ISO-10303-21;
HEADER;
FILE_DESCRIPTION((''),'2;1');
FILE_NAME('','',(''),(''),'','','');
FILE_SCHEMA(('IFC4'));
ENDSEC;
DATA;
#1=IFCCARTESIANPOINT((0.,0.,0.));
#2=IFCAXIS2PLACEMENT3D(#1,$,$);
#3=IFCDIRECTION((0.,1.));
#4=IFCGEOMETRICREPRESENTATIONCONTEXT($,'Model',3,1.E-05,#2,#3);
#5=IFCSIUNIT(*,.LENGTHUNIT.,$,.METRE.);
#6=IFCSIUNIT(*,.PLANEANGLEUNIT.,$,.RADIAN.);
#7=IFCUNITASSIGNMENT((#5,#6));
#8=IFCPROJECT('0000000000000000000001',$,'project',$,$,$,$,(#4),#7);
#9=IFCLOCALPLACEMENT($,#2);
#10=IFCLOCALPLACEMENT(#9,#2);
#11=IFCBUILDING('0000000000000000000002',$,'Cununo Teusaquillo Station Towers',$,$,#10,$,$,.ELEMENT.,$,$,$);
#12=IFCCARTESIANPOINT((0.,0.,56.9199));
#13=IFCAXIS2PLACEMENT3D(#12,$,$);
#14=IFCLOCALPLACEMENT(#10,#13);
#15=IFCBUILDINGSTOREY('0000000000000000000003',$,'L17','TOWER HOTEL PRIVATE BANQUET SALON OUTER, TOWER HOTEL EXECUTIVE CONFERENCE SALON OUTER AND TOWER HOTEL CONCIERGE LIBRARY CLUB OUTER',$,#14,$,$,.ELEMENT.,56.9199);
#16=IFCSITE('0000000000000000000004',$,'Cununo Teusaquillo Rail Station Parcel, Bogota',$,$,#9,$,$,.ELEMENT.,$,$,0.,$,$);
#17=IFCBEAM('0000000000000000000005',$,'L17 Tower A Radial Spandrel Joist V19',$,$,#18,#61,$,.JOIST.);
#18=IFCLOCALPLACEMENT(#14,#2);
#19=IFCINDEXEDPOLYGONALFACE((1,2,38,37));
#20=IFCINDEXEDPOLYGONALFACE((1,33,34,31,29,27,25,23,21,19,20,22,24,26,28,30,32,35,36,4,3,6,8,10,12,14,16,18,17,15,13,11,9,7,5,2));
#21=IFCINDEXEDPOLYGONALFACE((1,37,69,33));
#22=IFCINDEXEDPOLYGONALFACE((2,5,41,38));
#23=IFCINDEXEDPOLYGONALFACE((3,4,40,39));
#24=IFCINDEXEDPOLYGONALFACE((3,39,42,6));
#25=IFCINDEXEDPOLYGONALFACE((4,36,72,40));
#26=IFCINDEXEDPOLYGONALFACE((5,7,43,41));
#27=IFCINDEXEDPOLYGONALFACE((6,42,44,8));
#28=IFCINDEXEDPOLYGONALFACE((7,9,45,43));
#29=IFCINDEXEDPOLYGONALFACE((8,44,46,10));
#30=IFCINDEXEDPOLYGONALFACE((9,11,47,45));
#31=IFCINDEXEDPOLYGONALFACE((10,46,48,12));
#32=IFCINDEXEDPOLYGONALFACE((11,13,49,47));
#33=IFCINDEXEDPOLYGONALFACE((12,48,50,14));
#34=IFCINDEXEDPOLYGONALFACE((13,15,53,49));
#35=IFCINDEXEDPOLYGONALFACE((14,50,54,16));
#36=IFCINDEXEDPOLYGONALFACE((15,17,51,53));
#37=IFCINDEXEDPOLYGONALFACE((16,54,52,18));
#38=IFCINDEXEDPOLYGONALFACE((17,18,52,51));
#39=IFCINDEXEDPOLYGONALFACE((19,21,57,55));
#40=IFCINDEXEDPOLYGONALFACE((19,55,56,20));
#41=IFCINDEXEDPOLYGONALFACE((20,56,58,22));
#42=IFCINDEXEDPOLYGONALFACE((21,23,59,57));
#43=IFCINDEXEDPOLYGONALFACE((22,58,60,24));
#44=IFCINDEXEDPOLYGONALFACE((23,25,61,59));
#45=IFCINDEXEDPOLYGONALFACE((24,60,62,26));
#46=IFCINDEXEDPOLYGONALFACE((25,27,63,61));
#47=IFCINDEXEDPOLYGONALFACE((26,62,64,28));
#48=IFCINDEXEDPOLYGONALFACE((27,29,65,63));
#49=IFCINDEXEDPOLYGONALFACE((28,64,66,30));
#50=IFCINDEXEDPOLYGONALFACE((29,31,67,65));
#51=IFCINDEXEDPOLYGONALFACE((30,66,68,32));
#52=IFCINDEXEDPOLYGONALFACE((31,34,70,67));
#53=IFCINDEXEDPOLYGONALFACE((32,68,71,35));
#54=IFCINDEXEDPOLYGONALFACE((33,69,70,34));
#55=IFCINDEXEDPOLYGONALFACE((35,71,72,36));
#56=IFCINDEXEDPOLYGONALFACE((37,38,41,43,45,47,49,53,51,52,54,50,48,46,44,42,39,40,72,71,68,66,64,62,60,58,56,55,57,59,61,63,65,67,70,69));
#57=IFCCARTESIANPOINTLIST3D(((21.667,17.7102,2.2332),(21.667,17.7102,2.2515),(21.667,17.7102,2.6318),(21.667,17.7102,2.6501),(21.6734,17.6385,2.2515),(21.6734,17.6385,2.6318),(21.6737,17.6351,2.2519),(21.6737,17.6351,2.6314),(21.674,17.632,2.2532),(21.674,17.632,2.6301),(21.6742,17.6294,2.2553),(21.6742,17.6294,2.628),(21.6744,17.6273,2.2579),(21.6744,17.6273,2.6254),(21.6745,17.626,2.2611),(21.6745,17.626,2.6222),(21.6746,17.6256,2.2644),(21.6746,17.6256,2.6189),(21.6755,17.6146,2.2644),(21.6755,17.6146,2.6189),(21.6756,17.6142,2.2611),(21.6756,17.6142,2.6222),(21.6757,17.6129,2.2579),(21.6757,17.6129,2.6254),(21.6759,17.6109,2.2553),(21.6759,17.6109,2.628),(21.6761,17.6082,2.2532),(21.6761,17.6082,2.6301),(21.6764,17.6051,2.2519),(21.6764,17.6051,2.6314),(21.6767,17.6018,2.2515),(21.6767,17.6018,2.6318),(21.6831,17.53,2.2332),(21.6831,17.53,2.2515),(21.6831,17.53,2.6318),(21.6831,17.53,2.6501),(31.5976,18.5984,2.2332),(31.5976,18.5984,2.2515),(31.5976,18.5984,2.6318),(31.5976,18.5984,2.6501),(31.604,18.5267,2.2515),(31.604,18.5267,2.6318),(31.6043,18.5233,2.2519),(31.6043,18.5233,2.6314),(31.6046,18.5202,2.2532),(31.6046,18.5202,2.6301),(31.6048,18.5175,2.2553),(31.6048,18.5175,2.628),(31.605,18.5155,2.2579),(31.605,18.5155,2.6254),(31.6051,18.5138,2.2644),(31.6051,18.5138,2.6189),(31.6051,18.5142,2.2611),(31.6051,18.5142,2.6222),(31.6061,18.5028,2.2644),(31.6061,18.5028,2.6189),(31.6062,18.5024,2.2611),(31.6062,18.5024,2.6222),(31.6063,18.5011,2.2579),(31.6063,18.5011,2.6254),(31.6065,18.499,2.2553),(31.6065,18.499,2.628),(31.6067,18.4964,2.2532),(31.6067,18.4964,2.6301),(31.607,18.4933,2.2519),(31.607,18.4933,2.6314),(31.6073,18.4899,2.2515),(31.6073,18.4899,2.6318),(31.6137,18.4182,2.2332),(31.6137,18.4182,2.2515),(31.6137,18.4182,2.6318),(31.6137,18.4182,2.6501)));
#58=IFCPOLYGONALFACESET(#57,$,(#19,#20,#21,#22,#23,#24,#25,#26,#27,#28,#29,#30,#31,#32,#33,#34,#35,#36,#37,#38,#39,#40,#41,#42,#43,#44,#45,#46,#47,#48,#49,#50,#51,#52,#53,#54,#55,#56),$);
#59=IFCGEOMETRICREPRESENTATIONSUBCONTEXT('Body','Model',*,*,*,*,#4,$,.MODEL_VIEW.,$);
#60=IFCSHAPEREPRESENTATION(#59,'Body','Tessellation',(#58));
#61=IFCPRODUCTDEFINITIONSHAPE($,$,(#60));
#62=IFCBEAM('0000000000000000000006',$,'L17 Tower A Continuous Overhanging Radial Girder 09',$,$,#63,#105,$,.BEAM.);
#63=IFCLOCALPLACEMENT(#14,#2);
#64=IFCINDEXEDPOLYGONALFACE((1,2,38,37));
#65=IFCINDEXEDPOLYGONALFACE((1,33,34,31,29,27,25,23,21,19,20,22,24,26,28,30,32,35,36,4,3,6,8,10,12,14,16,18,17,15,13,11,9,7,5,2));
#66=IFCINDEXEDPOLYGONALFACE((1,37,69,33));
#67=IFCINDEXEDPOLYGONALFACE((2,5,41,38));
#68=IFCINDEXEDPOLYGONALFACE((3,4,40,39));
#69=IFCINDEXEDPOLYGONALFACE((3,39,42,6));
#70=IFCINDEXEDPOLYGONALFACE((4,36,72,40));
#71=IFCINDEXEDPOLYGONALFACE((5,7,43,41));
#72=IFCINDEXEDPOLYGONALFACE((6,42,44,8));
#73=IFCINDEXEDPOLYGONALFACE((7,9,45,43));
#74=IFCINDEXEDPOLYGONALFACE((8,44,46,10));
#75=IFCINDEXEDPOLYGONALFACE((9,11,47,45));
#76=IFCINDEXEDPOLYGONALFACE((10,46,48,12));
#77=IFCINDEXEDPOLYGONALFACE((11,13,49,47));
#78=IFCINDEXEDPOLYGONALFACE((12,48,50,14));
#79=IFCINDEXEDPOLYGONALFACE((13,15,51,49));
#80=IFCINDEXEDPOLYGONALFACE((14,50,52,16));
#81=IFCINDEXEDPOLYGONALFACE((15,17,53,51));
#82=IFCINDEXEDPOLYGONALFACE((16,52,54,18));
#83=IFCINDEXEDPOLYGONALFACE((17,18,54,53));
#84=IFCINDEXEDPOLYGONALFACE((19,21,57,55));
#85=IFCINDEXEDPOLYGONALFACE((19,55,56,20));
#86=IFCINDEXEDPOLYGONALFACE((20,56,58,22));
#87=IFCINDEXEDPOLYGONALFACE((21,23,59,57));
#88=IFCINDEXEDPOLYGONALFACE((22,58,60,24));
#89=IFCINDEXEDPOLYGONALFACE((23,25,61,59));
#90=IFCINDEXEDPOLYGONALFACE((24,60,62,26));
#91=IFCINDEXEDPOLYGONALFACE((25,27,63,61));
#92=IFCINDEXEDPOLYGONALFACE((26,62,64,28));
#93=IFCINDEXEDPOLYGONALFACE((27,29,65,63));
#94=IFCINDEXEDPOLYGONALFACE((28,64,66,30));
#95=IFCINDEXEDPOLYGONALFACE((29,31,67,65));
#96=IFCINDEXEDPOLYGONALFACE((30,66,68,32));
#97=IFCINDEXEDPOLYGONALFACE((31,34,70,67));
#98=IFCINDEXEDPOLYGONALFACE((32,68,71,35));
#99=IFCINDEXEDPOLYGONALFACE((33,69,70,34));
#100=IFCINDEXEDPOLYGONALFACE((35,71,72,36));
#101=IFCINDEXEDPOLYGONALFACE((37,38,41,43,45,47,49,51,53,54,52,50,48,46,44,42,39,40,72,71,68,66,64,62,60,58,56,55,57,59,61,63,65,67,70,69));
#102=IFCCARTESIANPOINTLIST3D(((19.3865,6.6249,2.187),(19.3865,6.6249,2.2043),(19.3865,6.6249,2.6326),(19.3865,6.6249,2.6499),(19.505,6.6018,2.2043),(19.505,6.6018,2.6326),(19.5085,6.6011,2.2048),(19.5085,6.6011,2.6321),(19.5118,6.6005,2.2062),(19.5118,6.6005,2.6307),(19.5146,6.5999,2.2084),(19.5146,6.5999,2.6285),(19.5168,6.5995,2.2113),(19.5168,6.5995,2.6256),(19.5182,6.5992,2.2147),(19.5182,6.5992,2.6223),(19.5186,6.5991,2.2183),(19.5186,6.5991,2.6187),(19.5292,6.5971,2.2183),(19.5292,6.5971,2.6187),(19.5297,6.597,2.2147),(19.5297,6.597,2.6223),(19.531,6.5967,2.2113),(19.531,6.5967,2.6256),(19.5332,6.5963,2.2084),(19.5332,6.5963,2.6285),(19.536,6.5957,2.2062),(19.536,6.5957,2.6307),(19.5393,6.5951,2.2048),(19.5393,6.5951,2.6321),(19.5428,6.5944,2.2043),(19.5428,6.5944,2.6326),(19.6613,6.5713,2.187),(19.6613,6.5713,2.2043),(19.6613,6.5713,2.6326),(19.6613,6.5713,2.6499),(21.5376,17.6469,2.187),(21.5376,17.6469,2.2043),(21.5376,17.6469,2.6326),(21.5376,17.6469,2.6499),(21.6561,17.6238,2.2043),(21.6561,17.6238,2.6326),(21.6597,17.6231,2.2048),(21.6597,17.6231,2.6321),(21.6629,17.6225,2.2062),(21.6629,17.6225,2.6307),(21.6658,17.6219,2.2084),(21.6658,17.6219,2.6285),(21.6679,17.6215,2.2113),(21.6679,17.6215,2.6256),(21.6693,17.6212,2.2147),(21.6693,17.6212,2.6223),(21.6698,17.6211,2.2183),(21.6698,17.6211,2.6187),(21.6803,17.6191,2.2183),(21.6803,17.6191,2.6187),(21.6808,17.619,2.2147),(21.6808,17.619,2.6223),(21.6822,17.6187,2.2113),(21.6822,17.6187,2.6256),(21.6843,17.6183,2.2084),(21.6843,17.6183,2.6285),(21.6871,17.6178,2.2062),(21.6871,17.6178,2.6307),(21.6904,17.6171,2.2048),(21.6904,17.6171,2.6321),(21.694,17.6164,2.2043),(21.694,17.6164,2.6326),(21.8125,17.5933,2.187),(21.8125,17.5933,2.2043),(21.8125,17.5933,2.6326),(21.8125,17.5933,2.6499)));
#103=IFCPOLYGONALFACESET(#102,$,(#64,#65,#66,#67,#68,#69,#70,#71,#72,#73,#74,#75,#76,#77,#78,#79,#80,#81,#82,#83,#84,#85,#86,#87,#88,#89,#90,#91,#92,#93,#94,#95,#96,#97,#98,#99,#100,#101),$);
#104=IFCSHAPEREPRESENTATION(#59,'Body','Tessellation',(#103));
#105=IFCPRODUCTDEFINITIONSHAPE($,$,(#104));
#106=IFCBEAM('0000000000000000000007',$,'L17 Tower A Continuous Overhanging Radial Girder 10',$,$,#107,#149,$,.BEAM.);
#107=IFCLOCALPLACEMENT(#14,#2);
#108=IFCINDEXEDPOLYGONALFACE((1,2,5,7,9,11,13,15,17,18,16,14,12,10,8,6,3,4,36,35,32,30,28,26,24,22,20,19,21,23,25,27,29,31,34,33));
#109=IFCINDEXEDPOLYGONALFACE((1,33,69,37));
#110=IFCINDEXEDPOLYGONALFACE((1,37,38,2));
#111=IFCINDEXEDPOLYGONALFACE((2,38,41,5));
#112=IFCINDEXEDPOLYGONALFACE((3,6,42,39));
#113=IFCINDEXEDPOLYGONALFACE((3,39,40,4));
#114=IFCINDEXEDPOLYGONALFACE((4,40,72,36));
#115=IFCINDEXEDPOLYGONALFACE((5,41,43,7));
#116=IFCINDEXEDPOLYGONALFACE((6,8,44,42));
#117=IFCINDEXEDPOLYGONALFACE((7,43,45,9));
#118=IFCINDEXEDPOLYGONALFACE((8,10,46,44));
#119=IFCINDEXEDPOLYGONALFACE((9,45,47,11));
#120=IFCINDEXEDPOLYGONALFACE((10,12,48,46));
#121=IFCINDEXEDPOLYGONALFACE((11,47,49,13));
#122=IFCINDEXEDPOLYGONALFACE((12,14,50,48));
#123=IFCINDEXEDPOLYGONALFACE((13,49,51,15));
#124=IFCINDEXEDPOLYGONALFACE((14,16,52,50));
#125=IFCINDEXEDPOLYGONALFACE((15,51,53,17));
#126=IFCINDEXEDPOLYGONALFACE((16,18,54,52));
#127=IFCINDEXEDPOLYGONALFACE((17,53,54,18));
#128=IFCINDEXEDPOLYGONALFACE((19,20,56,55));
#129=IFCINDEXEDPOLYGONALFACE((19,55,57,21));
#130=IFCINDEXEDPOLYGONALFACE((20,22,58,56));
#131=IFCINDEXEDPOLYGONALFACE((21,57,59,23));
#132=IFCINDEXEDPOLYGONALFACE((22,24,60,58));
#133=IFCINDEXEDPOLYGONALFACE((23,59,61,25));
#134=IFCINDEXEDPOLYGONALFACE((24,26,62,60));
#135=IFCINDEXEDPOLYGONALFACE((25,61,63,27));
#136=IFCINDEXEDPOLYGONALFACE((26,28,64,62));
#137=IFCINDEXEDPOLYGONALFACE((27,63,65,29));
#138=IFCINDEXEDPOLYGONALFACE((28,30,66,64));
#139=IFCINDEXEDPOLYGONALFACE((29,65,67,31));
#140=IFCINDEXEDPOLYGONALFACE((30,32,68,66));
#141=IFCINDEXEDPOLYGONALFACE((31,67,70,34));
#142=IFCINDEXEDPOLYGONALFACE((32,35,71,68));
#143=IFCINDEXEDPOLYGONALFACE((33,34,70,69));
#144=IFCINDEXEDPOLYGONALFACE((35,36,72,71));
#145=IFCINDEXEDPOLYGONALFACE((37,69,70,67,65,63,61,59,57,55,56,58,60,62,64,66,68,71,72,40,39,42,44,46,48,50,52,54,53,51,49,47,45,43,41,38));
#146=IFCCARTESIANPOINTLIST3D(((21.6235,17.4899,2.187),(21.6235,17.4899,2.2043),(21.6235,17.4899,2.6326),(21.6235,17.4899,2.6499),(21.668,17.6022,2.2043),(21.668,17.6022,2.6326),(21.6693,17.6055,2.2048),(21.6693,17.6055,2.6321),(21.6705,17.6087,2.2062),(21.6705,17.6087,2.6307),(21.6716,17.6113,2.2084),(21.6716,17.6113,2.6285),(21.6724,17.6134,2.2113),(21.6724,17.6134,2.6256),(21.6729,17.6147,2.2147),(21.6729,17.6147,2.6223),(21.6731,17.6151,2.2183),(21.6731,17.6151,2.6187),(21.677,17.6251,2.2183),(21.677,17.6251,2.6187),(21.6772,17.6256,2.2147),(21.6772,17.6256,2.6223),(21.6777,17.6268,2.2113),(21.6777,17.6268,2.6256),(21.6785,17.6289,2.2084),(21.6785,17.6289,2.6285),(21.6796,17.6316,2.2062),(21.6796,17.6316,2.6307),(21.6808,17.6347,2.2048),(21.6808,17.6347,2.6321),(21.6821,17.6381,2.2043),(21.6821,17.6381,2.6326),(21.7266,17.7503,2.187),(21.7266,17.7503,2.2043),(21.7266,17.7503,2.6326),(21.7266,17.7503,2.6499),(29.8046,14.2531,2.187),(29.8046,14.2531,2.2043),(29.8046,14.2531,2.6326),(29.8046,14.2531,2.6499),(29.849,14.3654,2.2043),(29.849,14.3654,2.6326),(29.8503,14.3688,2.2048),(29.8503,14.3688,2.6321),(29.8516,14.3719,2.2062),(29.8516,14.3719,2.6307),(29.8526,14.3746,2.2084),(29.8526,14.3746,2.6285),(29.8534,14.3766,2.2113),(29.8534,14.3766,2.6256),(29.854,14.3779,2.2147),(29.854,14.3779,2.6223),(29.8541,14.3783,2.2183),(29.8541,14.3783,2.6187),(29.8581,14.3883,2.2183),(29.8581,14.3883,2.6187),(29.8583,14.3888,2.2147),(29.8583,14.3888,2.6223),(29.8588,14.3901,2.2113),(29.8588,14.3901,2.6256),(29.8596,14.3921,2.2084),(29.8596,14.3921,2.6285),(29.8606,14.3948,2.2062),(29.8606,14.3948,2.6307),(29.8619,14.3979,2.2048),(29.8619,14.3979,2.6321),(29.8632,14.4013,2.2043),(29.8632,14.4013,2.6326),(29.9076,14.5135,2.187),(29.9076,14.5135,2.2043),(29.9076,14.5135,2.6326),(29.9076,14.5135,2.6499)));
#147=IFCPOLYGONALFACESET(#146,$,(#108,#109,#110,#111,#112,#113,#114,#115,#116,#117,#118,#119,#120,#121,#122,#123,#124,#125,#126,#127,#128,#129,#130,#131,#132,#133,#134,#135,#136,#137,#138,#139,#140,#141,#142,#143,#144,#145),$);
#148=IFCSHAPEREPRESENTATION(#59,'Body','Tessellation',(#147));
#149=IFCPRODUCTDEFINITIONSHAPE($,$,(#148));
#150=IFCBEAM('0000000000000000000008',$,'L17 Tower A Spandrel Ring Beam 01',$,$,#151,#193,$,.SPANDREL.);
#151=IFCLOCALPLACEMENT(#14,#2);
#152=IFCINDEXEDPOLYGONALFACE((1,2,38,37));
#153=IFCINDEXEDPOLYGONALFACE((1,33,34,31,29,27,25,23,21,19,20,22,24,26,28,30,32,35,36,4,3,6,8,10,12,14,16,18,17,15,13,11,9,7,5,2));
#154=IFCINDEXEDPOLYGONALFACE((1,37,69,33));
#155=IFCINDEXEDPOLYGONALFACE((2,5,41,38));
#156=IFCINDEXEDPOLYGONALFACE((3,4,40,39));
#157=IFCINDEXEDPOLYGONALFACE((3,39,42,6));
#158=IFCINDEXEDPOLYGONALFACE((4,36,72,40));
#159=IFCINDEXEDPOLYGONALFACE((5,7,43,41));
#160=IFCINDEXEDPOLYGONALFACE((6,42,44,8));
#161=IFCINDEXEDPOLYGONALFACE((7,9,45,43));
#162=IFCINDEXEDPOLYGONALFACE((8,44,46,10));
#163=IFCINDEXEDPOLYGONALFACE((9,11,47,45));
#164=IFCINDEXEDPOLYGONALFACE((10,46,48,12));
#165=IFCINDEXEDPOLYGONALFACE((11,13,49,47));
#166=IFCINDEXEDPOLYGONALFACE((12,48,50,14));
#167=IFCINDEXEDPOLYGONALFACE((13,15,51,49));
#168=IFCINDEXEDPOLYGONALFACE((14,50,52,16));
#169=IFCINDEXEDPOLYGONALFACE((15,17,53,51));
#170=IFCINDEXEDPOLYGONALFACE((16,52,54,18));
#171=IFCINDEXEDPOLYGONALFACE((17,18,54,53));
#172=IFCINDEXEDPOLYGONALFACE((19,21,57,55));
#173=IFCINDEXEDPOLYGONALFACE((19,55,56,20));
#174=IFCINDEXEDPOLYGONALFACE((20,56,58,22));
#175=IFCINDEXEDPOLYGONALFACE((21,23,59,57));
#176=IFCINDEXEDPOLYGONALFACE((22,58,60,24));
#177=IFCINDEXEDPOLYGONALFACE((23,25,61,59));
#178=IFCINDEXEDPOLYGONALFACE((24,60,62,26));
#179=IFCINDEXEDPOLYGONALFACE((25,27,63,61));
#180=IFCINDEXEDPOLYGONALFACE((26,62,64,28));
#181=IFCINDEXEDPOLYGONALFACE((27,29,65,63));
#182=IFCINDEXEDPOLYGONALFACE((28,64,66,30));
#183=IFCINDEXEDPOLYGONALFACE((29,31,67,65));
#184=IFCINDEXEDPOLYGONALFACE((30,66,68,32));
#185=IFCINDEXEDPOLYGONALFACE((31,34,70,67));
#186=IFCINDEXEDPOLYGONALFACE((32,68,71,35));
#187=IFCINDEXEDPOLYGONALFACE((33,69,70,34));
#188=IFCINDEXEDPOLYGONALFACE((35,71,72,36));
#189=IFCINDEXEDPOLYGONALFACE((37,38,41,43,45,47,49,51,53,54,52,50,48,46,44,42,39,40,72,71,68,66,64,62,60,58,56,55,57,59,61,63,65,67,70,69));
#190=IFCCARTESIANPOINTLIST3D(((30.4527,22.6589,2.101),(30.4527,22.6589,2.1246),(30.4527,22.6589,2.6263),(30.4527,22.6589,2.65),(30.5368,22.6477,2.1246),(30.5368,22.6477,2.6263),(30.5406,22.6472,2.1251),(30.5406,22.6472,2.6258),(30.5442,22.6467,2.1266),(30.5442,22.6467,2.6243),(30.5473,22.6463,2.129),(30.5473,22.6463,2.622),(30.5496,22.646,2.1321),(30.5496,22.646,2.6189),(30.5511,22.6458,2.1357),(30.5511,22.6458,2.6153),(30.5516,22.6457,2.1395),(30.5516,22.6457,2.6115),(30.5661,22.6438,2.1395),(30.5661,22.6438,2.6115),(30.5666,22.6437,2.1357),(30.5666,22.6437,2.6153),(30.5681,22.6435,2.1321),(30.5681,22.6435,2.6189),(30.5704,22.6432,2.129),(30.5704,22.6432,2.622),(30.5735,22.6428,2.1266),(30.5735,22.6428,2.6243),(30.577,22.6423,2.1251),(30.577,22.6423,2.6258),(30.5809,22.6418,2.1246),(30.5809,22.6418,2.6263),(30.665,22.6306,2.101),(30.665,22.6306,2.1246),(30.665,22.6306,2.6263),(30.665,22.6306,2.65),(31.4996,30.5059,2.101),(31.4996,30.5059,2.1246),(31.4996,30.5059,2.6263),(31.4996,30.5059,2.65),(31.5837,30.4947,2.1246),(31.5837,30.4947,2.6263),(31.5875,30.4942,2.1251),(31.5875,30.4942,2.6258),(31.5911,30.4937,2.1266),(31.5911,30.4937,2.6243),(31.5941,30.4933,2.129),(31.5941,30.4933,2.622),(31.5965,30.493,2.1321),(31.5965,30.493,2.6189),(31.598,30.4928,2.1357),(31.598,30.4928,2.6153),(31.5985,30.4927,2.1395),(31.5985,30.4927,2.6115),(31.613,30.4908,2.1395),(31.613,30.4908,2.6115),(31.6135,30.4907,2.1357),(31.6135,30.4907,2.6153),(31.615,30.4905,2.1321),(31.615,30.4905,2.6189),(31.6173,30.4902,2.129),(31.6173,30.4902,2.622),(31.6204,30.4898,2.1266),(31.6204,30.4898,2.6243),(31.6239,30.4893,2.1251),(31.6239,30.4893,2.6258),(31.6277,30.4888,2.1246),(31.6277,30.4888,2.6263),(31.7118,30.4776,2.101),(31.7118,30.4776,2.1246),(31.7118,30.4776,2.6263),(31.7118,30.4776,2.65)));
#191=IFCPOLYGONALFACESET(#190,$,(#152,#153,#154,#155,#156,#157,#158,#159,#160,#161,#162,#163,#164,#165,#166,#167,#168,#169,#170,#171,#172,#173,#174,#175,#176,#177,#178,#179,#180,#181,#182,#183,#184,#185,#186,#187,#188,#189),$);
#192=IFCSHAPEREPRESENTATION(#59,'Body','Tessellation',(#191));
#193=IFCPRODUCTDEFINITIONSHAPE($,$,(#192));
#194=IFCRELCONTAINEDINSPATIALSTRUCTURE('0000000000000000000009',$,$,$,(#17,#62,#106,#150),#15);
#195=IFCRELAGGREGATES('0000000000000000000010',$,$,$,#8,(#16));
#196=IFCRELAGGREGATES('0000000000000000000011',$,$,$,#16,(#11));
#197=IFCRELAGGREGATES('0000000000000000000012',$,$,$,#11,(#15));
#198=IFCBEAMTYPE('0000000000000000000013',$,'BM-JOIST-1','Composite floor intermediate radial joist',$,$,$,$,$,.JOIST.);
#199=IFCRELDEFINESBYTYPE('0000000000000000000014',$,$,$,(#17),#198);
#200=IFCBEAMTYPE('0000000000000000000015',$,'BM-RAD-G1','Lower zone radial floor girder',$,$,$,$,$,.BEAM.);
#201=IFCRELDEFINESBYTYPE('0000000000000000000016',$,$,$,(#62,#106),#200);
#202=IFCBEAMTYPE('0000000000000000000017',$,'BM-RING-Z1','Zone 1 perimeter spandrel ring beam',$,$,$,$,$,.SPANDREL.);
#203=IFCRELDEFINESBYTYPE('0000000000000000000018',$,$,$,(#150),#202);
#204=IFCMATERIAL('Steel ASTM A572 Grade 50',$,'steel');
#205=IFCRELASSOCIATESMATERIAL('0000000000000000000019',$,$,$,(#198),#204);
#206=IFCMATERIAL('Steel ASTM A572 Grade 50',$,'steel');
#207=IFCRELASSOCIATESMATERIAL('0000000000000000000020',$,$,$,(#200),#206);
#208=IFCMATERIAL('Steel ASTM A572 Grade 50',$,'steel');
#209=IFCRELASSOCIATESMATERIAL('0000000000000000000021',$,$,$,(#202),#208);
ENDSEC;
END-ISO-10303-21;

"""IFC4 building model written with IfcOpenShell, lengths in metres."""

from ifc_helpers import new_model, si_unit, direction, frame, origin, origin_2d, place, context, subcontext, project, spatial, i_section, extrude, material, material_profile, profile_set, type_object, element, save


model = new_model("IFC4")

# Units and contexts
model_context = context("Model", 3, precision=1e-05, world=origin(), true_north=direction((0.0, 1.0)))
body_context = subcontext(model_context, "Body", "Model", "MODEL_VIEW")
ifc_project = project(units=[si_unit("LENGTHUNIT", "METRE"), si_unit("PLANEANGLEUNIT", "RADIAN")], contexts=[model_context])

# Site, building, storey
site_placement = place(None, origin())
site = spatial("IfcSite", under=ifc_project, at=site_placement, Name="Cununo Teusaquillo Rail Station Parcel, Bogota", CompositionType="ELEMENT", RefElevation=0.0)
building_placement = place(site_placement, origin())
building = spatial("IfcBuilding", under=site, at=building_placement, Name="Cununo Teusaquillo Station Towers", CompositionType="ELEMENT")
storey_placement = place(building_placement, frame((0.0, 0.0, 56.9199)))
storey = spatial("IfcBuildingStorey", under=building, at=storey_placement, Name="L17", Description="TOWER HOTEL PRIVATE BANQUET SALON OUTER, TOWER HOTEL EXECUTIVE CONFERENCE SALON OUTER AND TOWER HOTEL CONCIERGE LIBRARY CLUB OUTER", CompositionType="ELEMENT", Elevation=56.9199)

# Beams
ifc_material_1 = material(Name="Steel ASTM A572 Grade 50", Category="steel")
ifc_material_profile_1 = material_profile(ifc_material_1, i_section(OverallWidth=0.1809, OverallDepth=0.417, WebThickness=0.011, FlangeThickness=0.0183, FilletRadius=0.0129, at=origin_2d()), Name="W16X57")
ifc_profile_set_1 = profile_set([ifc_material_profile_1], Name="Steel ASTM A572 Grade 50")
beam_type_1 = type_object("IfcBeamType", Name="BM-JOIST-1", Description="Composite floor intermediate radial joist", PredefinedType="JOIST", material=ifc_profile_set_1)
beam_1_placement = place(storey_placement, frame((21.675, 17.6201, 2.4417), z_axis=(0.996024, 0.089083, 0.0), x_axis=(-0.089083, 0.996024, 0.0)))
element("IfcBeam", 1, at=beam_1_placement, inside=storey, type_object=beam_type_1, Name="L17 Tower A Radial Spandrel Joist V19", PredefinedType="JOIST", context=body_context, shape_type="SweptSolid", body=[
    extrude(i_section(OverallWidth=0.1809, OverallDepth=0.417, WebThickness=0.011, FlangeThickness=0.0183, FilletRadius=0.0129, at=origin_2d()), origin(), (0.0, 0.0, 1.0), 9.9702),
])
ifc_material_2 = material(Name="Steel ASTM A572 Grade 50", Category="steel")
ifc_material_profile_2 = material_profile(ifc_material_2, i_section(OverallWidth=0.28, OverallDepth=0.4629, WebThickness=0.0107, FlangeThickness=0.0173, FilletRadius=0.0139, at=origin_2d()), Name="W18X76")
ifc_profile_set_2 = profile_set([ifc_material_profile_2], Name="Steel ASTM A572 Grade 50")
beam_type_2 = type_object("IfcBeamType", Name="BM-RAD-G1", Description="Lower zone radial floor girder", PredefinedType="BEAM", material=ifc_profile_set_2)
beam_2_placement = place(storey_placement, frame((21.675, 17.6201, 2.4185), z_axis=(-0.191553, -0.981482, 0.0), x_axis=(0.981482, -0.191553, 0.0)))
element("IfcBeam", 2, at=beam_2_placement, inside=storey, type_object=beam_type_2, Name="L17 Tower A Continuous Overhanging Radial Girder 09", PredefinedType="BEAM", context=body_context, shape_type="SweptSolid", body=[
    extrude(i_section(OverallWidth=0.28, OverallDepth=0.4629, WebThickness=0.0107, FlangeThickness=0.0173, FilletRadius=0.0139, at=origin_2d()), origin(), (0.0, 0.0, 1.0), 11.23),
])
beam_3_placement = place(storey_placement, frame((21.675, 17.6201, 2.4185), z_axis=(0.929867, -0.367896, 0.0), x_axis=(0.367896, 0.929867, 0.0)))
element("IfcBeam", 3, at=beam_3_placement, inside=storey, type_object=beam_type_2, Name="L17 Tower A Continuous Overhanging Radial Girder 10", PredefinedType="BEAM", context=body_context, shape_type="SweptSolid", body=[
    extrude(i_section(OverallWidth=0.28, OverallDepth=0.4629, WebThickness=0.0107, FlangeThickness=0.0173, FilletRadius=0.0139, at=origin_2d()), origin(), (0.0, 0.0, 1.0), 8.7981),
])
ifc_material_3 = material(Name="Steel ASTM A572 Grade 50", Category="steel")
ifc_material_profile_3 = material_profile(ifc_material_3, i_section(OverallWidth=0.2141, OverallDepth=0.5491, WebThickness=0.0146, FlangeThickness=0.0237, FilletRadius=0.0149, at=origin_2d()), Name="W21X93")
ifc_profile_set_3 = profile_set([ifc_material_profile_3], Name="Steel ASTM A572 Grade 50")
beam_type_3 = type_object("IfcBeamType", Name="BM-RING-Z1", Description="Zone 1 perimeter spandrel ring beam", PredefinedType="SPANDREL", material=ifc_profile_set_3)
beam_4_placement = place(storey_placement, frame((30.5588, 22.6448, 2.3755), z_axis=(0.13224, 0.991218, 0.0), x_axis=(-0.991218, 0.13224, 0.0)))
element("IfcBeam", 4, at=beam_4_placement, inside=storey, type_object=beam_type_3, Name="L17 Tower A Spandrel Ring Beam 01", PredefinedType="SPANDREL", context=body_context, shape_type="SweptSolid", body=[
    extrude(i_section(OverallWidth=0.2141, OverallDepth=0.5491, WebThickness=0.0146, FlangeThickness=0.0237, FilletRadius=0.0149, at=origin_2d()), origin(), (0.0, 0.0, 1.0), 7.9165),
])

save(model, "model.ifc")
